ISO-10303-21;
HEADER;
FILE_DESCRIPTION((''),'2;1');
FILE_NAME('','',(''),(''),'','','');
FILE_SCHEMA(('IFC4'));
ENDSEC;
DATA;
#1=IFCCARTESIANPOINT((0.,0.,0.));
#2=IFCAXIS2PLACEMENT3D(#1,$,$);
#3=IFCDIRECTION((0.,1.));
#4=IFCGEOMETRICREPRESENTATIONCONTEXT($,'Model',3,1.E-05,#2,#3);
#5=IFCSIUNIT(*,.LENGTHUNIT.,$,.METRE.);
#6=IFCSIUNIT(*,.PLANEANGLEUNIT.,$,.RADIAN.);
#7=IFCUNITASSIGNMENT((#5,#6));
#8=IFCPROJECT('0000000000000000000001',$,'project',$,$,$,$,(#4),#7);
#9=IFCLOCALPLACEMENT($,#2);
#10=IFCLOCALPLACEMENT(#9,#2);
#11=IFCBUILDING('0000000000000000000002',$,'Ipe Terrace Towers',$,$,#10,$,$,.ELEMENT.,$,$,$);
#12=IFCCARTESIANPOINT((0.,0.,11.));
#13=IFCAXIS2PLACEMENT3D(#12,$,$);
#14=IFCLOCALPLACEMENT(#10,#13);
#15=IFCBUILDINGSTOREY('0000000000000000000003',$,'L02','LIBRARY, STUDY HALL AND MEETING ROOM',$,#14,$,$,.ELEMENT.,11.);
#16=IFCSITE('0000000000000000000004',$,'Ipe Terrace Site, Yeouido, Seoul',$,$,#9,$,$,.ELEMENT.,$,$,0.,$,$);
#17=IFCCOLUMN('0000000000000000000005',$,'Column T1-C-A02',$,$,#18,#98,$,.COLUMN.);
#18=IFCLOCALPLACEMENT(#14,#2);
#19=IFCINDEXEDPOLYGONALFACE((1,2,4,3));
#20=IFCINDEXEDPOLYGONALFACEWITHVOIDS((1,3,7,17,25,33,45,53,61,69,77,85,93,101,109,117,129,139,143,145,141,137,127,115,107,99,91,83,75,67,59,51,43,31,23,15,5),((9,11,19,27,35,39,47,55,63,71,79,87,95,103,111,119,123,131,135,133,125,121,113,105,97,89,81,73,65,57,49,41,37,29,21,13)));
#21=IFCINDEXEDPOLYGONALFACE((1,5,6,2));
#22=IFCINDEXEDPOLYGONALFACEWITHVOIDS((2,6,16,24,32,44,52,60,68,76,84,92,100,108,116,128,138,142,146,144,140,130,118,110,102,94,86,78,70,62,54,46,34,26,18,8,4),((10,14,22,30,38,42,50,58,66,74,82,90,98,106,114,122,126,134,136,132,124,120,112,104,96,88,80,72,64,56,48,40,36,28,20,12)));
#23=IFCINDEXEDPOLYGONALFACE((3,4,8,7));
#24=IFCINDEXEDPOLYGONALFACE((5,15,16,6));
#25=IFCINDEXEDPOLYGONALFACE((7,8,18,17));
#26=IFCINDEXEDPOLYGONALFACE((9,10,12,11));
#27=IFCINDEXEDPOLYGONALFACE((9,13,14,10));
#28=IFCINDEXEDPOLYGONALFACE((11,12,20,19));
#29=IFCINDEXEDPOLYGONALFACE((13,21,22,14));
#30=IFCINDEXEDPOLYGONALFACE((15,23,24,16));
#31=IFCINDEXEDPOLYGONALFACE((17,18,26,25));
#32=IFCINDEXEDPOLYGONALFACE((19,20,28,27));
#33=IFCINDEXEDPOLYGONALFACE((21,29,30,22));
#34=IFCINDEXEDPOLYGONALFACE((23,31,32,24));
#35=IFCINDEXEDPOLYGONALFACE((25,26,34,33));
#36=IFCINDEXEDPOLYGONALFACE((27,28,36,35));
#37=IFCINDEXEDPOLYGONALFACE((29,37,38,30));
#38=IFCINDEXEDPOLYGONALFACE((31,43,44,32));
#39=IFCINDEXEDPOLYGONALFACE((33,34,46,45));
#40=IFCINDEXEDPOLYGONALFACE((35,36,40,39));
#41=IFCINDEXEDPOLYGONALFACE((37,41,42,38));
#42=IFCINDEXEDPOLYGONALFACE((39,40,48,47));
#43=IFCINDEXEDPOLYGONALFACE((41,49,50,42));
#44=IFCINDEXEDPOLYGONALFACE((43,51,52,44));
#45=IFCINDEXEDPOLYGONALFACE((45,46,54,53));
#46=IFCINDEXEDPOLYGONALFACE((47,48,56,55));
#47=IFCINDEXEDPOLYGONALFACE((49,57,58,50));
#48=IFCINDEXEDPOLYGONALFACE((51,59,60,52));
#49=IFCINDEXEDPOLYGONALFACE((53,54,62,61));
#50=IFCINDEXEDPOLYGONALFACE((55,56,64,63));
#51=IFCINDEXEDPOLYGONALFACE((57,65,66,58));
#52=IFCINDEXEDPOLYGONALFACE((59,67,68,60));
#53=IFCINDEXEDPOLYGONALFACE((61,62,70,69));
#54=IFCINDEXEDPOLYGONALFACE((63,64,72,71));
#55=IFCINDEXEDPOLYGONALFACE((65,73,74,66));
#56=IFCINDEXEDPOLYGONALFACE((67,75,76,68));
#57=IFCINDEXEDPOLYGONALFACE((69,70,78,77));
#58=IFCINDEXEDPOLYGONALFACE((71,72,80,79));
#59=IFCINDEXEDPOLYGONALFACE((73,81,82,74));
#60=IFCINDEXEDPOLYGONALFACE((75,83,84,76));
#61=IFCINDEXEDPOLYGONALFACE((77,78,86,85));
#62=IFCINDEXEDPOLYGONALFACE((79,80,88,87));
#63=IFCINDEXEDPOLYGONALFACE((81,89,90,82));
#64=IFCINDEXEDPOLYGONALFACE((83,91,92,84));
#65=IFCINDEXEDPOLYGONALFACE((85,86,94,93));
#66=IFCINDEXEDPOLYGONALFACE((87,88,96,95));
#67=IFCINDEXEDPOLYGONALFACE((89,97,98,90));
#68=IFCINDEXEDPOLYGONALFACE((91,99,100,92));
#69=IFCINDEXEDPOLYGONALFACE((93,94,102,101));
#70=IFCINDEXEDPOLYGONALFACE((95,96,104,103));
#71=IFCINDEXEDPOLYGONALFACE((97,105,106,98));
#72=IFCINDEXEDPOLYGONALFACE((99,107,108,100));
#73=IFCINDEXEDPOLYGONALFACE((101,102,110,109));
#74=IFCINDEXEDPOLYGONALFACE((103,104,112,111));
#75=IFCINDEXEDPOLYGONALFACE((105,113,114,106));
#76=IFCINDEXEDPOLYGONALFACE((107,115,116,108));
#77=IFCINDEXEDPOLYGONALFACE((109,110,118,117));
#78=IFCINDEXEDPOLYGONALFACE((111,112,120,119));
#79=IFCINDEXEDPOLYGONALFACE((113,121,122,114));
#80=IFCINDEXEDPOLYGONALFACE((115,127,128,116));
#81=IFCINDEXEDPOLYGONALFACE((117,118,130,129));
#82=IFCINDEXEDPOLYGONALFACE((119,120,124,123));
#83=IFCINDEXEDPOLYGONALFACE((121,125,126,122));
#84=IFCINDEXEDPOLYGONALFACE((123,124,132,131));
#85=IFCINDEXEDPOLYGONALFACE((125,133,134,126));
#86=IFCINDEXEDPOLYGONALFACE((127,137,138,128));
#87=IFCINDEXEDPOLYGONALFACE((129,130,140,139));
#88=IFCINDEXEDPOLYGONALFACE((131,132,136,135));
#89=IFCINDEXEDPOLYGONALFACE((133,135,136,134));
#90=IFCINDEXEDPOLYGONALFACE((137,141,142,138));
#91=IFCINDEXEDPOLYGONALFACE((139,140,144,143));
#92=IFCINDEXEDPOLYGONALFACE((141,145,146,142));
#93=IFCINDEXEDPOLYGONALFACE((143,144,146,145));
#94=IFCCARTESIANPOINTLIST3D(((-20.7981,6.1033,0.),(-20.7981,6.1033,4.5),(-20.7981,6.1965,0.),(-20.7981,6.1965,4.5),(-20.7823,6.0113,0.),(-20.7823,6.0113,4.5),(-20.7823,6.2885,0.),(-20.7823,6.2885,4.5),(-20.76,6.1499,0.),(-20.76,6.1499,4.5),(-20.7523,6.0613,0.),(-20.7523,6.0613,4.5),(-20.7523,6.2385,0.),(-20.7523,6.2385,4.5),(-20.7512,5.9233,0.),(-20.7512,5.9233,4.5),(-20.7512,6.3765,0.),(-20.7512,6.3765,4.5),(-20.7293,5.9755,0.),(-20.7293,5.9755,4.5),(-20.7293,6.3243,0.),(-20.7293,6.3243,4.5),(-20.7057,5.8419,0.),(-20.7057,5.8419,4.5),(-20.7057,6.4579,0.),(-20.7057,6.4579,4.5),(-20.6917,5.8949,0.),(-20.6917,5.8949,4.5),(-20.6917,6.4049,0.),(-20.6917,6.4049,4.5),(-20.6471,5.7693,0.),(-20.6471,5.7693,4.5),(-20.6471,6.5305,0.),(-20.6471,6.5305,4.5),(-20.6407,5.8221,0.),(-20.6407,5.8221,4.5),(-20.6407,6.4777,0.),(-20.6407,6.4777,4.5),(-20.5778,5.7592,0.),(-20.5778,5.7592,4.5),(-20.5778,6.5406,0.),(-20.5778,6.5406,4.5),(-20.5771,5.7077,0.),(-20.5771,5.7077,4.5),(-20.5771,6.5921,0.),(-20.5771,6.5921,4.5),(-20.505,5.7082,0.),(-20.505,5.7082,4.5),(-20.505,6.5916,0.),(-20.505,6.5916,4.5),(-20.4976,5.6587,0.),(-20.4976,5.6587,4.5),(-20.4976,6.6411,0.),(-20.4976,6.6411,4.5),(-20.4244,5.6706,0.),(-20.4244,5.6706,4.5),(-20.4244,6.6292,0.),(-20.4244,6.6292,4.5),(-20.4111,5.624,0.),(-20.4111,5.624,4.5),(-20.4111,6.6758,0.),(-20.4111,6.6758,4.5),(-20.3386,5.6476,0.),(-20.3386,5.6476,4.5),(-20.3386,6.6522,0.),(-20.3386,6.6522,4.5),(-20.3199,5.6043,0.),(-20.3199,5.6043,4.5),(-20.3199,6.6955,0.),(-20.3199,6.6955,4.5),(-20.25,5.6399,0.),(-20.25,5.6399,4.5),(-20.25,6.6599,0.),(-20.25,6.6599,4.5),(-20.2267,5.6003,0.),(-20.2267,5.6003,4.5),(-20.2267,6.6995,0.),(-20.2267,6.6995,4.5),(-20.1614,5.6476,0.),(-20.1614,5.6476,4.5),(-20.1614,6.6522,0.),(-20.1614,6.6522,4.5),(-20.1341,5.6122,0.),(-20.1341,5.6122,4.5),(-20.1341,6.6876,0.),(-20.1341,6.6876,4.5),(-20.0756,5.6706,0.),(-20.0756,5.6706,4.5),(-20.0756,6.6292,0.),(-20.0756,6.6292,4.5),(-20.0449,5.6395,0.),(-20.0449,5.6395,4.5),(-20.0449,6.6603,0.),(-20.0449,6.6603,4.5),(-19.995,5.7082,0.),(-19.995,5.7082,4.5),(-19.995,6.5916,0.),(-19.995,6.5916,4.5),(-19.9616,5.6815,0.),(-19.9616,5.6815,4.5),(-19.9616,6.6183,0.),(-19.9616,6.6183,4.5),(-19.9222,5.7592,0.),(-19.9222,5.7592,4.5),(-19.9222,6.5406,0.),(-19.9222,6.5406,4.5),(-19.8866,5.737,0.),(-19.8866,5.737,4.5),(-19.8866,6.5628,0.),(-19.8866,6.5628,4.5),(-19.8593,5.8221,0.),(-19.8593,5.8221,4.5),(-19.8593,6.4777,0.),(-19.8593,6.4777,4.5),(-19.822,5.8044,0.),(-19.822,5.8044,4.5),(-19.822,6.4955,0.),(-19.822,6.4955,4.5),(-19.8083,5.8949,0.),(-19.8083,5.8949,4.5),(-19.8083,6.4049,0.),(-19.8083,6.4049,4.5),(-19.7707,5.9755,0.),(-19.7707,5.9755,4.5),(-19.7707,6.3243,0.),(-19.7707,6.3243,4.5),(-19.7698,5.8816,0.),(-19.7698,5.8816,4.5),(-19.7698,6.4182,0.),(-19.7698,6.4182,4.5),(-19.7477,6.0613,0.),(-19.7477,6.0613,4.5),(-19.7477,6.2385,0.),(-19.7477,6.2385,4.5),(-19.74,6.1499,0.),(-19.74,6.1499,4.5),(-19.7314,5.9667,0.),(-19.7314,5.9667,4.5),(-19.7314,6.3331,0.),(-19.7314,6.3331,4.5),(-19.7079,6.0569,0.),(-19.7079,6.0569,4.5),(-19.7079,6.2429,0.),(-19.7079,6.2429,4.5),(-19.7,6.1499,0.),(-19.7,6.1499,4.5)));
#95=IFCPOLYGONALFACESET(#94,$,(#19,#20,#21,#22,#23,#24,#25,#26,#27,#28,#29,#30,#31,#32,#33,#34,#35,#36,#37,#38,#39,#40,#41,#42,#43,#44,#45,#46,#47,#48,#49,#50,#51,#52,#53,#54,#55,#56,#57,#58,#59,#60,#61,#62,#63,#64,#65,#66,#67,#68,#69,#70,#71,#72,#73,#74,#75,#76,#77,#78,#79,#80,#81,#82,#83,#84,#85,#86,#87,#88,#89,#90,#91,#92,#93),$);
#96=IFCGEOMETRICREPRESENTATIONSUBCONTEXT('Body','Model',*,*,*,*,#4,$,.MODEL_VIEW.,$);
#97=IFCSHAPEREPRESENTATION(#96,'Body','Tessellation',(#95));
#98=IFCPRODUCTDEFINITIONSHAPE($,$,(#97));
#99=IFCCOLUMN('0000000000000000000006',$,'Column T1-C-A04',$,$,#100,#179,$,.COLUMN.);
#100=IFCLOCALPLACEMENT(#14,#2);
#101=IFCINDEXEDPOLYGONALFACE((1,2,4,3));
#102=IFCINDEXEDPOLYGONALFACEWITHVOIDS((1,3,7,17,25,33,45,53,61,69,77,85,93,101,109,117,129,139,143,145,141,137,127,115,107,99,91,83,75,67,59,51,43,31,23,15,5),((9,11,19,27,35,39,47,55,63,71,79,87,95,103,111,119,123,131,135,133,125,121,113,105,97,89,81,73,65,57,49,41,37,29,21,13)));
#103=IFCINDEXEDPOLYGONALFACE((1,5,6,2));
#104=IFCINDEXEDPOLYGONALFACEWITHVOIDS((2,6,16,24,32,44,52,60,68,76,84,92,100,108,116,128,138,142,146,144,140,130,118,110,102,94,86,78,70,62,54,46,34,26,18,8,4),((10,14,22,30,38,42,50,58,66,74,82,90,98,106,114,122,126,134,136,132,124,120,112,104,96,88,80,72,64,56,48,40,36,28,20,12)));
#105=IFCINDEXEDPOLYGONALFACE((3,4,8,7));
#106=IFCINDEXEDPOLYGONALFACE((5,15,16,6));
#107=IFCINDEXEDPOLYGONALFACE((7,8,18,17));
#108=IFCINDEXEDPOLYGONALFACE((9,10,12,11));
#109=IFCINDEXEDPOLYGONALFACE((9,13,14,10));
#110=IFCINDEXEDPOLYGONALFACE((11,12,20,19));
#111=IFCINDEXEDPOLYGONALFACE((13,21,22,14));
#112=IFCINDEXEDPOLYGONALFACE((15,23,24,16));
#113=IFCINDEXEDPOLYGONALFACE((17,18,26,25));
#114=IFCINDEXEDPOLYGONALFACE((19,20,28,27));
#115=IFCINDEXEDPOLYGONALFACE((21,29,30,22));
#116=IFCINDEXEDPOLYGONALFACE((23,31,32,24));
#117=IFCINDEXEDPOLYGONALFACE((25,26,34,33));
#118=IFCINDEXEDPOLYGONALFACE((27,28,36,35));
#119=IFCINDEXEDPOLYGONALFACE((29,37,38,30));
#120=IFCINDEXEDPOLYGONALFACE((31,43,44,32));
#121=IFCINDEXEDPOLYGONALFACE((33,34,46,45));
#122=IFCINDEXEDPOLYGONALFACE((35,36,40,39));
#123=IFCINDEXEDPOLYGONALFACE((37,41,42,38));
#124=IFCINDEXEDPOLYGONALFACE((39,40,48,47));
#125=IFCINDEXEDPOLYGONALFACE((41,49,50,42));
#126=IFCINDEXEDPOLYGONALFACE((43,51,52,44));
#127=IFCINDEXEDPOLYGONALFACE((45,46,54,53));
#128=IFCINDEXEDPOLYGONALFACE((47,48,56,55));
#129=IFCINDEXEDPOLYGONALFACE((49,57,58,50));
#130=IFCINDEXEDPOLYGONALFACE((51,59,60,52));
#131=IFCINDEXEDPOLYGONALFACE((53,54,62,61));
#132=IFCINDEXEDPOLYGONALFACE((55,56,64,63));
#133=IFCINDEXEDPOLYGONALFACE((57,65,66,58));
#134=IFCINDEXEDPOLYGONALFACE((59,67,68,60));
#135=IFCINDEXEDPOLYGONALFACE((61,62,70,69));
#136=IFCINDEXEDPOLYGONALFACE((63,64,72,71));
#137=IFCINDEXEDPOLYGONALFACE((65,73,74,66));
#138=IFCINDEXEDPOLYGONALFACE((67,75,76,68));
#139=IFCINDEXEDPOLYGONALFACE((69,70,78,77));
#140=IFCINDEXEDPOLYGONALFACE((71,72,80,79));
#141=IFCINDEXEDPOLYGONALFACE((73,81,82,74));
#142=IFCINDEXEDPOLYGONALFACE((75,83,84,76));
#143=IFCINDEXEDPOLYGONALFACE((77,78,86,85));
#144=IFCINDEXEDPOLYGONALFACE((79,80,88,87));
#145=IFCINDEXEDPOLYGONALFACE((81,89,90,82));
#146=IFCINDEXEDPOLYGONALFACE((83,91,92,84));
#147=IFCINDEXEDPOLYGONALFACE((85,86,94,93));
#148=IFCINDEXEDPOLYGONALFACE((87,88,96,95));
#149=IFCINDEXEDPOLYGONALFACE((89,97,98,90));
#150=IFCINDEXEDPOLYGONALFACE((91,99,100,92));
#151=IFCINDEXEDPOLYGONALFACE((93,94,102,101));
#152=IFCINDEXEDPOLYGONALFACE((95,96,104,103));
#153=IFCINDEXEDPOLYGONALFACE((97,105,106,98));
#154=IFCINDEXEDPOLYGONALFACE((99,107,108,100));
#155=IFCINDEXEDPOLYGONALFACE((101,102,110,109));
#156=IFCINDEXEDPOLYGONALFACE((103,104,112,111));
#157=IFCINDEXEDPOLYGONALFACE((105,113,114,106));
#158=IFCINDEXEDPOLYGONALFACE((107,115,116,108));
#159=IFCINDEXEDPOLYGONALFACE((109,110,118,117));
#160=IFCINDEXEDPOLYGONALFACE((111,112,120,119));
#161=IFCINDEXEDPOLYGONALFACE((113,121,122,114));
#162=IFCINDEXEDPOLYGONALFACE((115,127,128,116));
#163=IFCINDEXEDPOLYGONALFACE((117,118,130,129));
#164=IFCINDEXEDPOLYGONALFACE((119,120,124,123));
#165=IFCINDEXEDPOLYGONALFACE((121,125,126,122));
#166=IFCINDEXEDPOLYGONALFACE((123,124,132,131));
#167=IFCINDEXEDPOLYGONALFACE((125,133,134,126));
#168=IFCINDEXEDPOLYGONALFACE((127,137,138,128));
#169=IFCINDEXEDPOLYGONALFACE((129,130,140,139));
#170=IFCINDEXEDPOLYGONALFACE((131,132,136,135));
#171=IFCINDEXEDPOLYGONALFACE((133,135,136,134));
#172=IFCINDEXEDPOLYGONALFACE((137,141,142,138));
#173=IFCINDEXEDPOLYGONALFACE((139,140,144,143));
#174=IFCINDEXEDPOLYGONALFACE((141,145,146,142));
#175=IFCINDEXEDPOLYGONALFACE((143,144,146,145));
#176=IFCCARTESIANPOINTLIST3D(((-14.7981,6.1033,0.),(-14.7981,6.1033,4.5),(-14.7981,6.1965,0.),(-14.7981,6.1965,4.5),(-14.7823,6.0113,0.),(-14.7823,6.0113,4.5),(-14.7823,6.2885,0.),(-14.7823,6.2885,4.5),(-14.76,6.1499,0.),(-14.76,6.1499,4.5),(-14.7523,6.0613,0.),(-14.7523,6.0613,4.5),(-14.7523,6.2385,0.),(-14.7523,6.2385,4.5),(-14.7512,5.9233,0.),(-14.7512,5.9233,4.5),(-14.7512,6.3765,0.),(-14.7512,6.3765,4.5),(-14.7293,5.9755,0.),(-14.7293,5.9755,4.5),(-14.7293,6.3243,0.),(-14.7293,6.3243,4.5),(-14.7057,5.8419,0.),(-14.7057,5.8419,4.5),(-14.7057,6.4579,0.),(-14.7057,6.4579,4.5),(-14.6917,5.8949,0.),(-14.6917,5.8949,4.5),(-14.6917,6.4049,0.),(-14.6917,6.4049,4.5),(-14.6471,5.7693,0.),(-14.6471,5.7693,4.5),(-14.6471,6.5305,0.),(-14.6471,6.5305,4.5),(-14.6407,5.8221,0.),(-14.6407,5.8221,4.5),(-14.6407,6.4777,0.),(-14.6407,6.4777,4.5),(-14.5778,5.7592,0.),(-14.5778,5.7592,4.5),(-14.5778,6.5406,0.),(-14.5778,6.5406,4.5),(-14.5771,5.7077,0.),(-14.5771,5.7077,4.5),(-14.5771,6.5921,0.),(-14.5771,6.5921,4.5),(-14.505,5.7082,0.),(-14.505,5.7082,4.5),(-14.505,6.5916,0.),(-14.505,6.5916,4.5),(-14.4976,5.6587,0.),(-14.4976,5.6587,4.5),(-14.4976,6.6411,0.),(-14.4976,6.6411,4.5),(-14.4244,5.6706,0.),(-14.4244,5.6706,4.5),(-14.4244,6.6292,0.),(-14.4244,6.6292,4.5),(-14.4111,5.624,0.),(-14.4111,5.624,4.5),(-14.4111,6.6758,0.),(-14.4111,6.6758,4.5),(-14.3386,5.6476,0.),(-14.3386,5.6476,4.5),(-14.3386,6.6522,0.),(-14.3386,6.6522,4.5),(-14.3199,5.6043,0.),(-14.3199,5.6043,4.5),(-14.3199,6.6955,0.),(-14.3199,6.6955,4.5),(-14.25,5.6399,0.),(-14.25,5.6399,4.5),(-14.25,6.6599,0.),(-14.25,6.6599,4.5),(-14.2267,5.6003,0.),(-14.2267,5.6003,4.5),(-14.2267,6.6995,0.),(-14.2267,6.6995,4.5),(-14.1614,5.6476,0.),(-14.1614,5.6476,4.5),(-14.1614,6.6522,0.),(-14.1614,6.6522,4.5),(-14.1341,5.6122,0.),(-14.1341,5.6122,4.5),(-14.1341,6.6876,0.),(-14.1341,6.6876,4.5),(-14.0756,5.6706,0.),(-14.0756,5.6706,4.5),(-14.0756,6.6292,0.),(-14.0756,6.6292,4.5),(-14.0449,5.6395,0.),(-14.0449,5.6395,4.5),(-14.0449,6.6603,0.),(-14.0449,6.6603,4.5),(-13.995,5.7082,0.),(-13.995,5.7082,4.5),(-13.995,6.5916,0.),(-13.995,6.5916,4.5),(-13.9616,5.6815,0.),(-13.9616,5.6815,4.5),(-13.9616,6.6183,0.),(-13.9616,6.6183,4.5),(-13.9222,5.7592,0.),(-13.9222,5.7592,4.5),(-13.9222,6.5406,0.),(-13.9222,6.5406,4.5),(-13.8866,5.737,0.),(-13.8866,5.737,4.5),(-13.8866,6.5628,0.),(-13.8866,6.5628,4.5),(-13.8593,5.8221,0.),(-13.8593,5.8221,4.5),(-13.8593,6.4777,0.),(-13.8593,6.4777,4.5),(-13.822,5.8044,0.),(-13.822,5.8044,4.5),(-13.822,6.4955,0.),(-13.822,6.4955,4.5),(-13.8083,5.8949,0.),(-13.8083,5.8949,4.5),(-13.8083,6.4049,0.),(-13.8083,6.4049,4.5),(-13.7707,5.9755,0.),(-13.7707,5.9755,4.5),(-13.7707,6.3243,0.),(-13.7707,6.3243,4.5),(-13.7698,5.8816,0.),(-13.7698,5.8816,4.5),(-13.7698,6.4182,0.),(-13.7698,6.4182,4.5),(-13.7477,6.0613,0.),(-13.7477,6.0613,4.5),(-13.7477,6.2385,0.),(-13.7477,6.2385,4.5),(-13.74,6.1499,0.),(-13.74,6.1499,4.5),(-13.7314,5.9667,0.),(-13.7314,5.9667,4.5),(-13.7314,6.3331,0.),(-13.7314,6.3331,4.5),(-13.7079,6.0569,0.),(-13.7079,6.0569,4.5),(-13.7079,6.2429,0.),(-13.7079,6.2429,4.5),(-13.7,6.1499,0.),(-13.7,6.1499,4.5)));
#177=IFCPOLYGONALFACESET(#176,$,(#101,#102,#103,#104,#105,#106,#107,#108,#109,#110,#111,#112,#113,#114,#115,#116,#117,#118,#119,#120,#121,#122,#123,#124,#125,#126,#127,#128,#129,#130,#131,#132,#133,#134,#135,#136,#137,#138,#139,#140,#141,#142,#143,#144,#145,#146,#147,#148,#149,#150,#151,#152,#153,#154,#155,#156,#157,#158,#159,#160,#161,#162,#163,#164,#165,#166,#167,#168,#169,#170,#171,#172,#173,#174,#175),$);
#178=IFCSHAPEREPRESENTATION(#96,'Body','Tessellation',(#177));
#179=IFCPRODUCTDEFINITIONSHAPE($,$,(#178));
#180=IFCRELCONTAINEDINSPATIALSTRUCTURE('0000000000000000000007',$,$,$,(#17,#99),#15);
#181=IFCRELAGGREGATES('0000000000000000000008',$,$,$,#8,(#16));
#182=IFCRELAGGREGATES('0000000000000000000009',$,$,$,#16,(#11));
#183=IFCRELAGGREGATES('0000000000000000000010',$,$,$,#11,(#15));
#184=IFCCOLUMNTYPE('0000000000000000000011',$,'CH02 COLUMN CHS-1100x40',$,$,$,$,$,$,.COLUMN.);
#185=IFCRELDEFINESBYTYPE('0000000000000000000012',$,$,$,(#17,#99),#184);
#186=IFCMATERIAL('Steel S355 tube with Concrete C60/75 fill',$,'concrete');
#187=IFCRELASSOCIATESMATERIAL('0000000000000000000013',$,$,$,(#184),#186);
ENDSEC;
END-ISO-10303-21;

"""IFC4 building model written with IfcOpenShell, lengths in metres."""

from ifc_helpers import new_model, si_unit, direction, frame, origin, origin_2d, place, context, subcontext, project, spatial, hollow_circle, extrude, material, material_profile, profile_set, type_object, element, save


model = new_model("IFC4")

# Units and contexts
model_context = context("Model", 3, precision=1e-05, world=origin(), true_north=direction((0.0, 1.0)))
body_context = subcontext(model_context, "Body", "Model", "MODEL_VIEW")
ifc_project = project(units=[si_unit("LENGTHUNIT", "METRE"), si_unit("PLANEANGLEUNIT", "RADIAN")], contexts=[model_context])

# Site, building, storey
site_placement = place(None, origin())
site = spatial("IfcSite", under=ifc_project, at=site_placement, Name="Ipe Terrace Site, Yeouido, Seoul", CompositionType="ELEMENT", RefElevation=0.0)
building_placement = place(site_placement, origin())
building = spatial("IfcBuilding", under=site, at=building_placement, Name="Ipe Terrace Towers", CompositionType="ELEMENT")
storey_placement = place(building_placement, frame((0.0, 0.0, 11.0)))
storey = spatial("IfcBuildingStorey", under=building, at=storey_placement, Name="L02", Description="LIBRARY, STUDY HALL AND MEETING ROOM", CompositionType="ELEMENT", Elevation=11.0)

# Columns
ifc_material_1 = material(Name="Steel S355 tube with Concrete C60/75 fill", Category="concrete")
ifc_material_profile_1 = material_profile(ifc_material_1, hollow_circle(Radius=0.55, WallThickness=0.04, at=origin_2d()), Name="CHS-1100x40")
ifc_profile_set_1 = profile_set([ifc_material_profile_1], Name="Steel S355 tube with Concrete C60/75 fill")
column_type_1 = type_object("IfcColumnType", Name="CH02 COLUMN CHS-1100x40", PredefinedType="COLUMN", material=ifc_profile_set_1)
for number, where, z_axis, x_axis, name in (
    (1, (-20.25, 6.1499, 0.0), (0.0, 0.0, 1.0), (1.0, 0.0, 0.0), "Column T1-C-A02"),
    (2, (-14.25, 6.1499, 0.0), (0.0, 0.0, 1.0), (1.0, 0.0, 0.0), "Column T1-C-A04"),
):
    element("IfcColumn", number, at=place(storey_placement, frame(where, z_axis=z_axis, x_axis=x_axis)), inside=storey, type_object=column_type_1, Name=name, PredefinedType="COLUMN", context=body_context, shape_type="SweptSolid", body=[
        extrude(hollow_circle(Radius=0.55, WallThickness=0.04, at=origin_2d()), origin(), (0.0, 0.0, 1.0), 4.5),
    ])

save(model, "model.ifc")
